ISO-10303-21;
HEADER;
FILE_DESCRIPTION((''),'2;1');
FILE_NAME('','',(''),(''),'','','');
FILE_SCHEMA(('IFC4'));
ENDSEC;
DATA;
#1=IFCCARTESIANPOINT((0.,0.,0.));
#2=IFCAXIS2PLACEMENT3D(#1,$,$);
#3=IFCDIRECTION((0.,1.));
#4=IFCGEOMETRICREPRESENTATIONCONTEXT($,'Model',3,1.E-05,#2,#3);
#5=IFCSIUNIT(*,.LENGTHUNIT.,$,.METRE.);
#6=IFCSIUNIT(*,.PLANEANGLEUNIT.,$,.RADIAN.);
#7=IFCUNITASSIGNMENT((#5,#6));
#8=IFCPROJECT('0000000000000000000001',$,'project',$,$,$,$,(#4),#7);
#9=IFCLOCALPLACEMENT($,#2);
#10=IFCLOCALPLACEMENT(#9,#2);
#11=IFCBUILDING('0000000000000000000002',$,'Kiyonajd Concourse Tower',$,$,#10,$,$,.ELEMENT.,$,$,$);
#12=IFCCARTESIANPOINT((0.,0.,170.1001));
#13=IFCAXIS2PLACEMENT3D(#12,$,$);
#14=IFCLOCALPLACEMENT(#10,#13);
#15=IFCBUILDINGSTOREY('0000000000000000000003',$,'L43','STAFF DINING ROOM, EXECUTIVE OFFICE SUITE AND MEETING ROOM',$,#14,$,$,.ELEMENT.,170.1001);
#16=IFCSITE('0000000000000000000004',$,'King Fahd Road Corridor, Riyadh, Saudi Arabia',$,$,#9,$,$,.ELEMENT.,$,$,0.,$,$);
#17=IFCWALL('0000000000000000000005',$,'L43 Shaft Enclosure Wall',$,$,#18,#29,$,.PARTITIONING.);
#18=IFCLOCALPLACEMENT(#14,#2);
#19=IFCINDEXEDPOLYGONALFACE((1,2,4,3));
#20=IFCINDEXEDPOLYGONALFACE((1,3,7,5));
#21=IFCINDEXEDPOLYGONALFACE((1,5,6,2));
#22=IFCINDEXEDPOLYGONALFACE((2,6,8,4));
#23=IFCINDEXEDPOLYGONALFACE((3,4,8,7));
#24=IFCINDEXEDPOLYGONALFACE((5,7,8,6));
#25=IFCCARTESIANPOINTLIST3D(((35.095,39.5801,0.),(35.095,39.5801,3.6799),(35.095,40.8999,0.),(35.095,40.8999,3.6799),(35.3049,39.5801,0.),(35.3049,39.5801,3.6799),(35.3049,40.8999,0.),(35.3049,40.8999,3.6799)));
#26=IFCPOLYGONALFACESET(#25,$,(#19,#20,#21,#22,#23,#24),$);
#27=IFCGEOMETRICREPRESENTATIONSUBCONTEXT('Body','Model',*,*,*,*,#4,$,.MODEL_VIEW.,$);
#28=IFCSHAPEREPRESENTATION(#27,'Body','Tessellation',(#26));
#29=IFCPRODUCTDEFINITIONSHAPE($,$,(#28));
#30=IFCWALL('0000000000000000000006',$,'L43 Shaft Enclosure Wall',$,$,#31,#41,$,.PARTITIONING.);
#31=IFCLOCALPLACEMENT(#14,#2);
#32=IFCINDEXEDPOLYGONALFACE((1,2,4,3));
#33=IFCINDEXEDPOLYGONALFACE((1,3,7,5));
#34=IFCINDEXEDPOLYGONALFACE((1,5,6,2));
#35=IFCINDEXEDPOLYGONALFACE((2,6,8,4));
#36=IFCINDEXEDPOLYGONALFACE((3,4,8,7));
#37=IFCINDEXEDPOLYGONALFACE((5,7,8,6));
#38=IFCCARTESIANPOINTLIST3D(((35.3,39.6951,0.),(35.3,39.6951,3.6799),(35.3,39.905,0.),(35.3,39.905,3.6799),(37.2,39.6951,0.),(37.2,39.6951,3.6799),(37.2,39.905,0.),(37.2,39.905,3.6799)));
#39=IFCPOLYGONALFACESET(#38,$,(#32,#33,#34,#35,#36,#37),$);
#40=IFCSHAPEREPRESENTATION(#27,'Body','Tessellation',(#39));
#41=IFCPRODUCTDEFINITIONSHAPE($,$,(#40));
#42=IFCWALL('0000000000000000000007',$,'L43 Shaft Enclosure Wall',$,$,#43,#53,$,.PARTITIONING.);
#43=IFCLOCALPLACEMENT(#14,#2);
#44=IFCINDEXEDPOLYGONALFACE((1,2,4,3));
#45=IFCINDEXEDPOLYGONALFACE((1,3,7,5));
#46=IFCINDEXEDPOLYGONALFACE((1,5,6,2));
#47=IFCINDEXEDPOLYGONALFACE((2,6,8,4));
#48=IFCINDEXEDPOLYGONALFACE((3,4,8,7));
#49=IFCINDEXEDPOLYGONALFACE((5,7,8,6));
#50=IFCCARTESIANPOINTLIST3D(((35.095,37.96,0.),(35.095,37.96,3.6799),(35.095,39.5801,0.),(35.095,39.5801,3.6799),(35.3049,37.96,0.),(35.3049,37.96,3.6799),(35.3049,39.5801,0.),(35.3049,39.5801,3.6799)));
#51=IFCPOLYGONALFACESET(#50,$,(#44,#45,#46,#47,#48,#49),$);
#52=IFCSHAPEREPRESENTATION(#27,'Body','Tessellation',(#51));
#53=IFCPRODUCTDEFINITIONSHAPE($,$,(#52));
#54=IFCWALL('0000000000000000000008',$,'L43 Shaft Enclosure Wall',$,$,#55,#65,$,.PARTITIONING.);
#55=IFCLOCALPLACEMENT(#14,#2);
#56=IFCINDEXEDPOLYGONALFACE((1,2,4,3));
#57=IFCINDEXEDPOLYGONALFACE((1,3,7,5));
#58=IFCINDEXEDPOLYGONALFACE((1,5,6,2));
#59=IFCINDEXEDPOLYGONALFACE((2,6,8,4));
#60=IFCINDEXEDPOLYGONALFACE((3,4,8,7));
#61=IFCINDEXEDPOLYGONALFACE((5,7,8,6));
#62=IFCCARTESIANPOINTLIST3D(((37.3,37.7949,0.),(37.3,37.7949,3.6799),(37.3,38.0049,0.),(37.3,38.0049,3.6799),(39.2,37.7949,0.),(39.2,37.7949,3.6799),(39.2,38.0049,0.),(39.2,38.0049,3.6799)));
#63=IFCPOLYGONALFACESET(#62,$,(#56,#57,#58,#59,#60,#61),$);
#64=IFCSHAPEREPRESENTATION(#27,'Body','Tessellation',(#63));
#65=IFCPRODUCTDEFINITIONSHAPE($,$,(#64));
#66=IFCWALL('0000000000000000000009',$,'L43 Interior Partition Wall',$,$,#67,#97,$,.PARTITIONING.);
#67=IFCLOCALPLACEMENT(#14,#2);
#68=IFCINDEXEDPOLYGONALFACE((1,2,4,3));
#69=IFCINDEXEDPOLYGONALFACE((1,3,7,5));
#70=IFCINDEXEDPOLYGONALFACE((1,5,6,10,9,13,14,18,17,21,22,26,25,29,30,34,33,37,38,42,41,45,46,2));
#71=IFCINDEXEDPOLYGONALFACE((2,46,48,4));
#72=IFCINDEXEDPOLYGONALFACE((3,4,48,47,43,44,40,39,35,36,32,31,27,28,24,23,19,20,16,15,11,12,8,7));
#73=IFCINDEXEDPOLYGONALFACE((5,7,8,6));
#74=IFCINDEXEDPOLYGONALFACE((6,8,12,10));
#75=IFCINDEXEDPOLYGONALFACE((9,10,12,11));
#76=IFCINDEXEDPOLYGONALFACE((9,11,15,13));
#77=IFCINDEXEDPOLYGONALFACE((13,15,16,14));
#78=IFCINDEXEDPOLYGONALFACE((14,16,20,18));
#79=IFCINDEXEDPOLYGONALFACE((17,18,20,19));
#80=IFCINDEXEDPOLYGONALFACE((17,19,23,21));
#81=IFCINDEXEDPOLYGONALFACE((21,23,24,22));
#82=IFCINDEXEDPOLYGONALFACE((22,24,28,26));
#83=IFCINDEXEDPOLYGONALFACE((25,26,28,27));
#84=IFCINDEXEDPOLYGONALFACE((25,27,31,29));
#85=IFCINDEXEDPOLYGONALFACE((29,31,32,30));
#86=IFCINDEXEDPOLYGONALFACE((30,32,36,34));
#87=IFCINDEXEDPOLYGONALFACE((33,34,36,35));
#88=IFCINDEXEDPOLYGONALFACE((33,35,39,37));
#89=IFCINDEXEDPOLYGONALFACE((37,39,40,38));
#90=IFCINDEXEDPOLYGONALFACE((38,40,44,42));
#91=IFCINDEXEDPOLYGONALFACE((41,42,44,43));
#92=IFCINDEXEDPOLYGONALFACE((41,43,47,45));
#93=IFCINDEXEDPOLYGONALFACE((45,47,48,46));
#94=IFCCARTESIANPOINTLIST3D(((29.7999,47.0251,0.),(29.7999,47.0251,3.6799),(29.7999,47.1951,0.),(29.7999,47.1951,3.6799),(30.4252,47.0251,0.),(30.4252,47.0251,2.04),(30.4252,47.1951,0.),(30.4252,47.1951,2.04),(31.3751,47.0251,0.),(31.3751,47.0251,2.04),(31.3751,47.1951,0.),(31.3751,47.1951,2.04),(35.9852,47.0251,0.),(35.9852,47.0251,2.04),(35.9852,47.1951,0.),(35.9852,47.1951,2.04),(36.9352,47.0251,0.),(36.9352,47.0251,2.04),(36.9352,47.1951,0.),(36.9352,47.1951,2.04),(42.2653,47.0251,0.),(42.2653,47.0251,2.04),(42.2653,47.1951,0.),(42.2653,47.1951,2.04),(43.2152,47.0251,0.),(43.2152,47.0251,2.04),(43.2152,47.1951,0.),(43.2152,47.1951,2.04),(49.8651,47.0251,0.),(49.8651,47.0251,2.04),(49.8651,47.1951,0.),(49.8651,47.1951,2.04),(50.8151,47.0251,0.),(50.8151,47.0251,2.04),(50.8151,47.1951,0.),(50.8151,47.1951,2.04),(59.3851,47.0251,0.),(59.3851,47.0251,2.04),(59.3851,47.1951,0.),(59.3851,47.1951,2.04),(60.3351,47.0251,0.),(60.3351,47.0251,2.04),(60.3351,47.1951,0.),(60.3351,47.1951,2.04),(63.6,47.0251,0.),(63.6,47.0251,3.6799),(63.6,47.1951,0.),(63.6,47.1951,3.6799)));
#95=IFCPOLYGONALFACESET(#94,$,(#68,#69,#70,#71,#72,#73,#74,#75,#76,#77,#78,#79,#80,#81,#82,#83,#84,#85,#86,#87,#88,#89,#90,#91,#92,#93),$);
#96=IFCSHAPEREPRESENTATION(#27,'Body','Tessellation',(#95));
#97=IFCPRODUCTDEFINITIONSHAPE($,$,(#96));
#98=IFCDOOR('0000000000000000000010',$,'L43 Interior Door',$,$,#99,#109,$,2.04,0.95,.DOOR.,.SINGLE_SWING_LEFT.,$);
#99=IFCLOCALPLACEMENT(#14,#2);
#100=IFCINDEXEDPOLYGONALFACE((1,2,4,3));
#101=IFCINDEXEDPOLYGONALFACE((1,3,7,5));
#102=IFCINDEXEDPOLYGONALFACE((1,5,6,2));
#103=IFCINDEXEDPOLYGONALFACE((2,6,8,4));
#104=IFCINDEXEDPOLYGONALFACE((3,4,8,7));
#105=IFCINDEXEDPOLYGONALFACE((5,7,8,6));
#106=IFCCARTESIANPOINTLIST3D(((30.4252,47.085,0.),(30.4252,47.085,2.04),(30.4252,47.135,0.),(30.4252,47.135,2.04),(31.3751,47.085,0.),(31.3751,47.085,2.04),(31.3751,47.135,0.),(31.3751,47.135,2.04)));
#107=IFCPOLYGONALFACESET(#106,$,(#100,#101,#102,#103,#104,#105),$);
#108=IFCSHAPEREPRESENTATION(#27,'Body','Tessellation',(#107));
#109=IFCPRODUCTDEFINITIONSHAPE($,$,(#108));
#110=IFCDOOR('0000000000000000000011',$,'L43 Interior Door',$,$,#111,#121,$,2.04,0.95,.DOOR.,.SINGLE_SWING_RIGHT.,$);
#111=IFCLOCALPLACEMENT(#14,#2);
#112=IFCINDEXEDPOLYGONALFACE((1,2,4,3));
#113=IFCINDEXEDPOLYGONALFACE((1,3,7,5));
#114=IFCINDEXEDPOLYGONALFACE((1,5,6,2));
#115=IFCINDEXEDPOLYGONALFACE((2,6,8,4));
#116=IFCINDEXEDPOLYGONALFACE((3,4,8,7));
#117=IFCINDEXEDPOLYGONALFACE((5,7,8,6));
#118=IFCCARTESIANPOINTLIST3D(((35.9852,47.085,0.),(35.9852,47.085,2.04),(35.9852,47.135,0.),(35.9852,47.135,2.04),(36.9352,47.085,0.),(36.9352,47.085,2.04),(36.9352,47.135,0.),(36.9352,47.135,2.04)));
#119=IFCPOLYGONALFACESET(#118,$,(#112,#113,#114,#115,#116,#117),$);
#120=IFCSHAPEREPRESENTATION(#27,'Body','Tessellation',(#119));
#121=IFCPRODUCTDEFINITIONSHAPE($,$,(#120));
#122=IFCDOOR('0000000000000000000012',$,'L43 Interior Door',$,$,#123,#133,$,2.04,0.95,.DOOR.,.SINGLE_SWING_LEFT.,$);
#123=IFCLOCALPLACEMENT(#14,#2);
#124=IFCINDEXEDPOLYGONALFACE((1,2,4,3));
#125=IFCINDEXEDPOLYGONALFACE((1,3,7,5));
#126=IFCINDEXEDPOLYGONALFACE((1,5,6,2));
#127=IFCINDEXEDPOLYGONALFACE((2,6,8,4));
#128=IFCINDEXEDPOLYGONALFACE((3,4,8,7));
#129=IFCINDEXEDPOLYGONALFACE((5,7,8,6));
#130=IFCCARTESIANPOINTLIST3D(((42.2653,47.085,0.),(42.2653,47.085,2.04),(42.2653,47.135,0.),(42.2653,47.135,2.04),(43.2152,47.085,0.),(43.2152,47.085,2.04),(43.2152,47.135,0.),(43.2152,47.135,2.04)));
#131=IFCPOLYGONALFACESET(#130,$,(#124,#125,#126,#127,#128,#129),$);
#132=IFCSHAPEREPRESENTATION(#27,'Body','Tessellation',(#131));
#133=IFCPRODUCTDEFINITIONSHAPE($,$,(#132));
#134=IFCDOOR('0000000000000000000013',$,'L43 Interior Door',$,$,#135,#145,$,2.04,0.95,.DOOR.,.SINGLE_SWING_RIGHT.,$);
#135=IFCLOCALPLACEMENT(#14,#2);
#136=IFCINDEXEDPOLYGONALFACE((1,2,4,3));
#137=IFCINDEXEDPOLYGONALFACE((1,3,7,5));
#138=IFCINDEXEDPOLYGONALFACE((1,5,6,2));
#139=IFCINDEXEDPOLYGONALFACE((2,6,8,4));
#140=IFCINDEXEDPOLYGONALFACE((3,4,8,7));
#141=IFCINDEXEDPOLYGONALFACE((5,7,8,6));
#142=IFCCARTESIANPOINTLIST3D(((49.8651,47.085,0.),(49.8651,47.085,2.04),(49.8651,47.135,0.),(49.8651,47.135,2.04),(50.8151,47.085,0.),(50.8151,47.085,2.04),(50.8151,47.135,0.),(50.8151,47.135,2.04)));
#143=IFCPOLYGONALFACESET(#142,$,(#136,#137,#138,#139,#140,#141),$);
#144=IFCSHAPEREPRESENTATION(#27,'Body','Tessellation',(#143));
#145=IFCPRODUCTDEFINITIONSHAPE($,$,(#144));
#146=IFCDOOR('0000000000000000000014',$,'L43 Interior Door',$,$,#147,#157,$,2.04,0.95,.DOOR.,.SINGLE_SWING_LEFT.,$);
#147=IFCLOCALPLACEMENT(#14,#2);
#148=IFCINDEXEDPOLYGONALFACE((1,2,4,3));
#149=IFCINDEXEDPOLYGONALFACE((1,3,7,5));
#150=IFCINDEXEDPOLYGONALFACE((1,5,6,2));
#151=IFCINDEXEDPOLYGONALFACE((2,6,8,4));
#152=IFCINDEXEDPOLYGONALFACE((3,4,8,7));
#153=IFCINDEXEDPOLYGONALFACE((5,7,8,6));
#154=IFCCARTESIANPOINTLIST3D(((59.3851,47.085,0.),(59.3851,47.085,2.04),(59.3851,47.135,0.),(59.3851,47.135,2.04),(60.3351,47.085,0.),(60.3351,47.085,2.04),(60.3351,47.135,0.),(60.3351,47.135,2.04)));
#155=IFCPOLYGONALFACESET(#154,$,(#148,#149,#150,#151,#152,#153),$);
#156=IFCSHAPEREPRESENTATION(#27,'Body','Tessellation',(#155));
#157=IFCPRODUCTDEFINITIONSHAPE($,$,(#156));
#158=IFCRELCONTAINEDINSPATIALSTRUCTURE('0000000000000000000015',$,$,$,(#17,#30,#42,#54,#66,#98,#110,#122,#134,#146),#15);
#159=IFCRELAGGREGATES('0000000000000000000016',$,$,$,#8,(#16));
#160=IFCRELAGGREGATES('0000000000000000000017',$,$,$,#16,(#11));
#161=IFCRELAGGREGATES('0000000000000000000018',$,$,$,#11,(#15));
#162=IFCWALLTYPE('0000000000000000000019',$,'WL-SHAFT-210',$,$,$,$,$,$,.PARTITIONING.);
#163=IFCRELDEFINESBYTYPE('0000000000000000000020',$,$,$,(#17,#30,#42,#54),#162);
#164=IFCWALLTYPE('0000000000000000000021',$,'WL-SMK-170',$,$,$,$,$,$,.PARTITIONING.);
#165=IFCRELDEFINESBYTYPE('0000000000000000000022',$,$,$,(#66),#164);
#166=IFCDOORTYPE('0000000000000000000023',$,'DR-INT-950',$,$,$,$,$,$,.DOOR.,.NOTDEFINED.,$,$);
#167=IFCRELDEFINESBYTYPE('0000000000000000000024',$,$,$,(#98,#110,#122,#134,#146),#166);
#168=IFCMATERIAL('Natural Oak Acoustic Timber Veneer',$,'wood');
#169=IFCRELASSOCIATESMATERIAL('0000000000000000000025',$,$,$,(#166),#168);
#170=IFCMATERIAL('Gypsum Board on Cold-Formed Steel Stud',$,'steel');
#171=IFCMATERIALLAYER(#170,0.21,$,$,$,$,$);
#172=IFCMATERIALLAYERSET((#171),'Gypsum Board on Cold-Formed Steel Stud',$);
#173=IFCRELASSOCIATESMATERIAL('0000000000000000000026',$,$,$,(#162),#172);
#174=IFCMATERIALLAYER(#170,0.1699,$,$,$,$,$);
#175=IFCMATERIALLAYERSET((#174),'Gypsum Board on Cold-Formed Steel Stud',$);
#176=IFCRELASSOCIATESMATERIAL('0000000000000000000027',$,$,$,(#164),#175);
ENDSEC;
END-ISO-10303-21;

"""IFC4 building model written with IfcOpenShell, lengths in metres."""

from ifc_helpers import new_model, si_unit, direction, frame, frame_2d, origin, place, context, subcontext, project, spatial, rectangle, extrude, material, layer, layer_set, type_object, element, fill, save


model = new_model("IFC4")

# Units and contexts
model_context = context("Model", 3, precision=1e-05, world=origin(), true_north=direction((0.0, 1.0)))
body_context = subcontext(model_context, "Body", "Model", "MODEL_VIEW")
ifc_project = project(units=[si_unit("LENGTHUNIT", "METRE"), si_unit("PLANEANGLEUNIT", "RADIAN")], contexts=[model_context])

# Site, building, storey
site_placement = place(None, origin())
site = spatial("IfcSite", under=ifc_project, at=site_placement, Name="King Fahd Road Corridor, Riyadh, Saudi Arabia", CompositionType="ELEMENT", RefElevation=0.0)
building_placement = place(site_placement, origin())
building = spatial("IfcBuilding", under=site, at=building_placement, Name="Kiyonajd Concourse Tower", CompositionType="ELEMENT")
storey_placement = place(building_placement, frame((0.0, 0.0, 170.1001)))
storey = spatial("IfcBuildingStorey", under=building, at=storey_placement, Name="L43", Description="STAFF DINING ROOM, EXECUTIVE OFFICE SUITE AND MEETING ROOM", CompositionType="ELEMENT", Elevation=170.1001)

# Shared definitions
ifc_material_1 = material(Name="Natural Oak Acoustic Timber Veneer", Category="wood")
door_type_1 = type_object("IfcDoorType", Name="DR-INT-950", OperationType="NOTDEFINED", PredefinedType="DOOR", material=ifc_material_1)

# Walls
ifc_material_2 = material(Name="Gypsum Board on Cold-Formed Steel Stud", Category="steel")
ifc_layer_1 = layer(ifc_material_2, 0.21)
ifc_layer_set_1 = layer_set([ifc_layer_1], Name="Gypsum Board on Cold-Formed Steel Stud")
wall_type_1 = type_object("IfcWallType", Name="WL-SHAFT-210", PredefinedType="PARTITIONING", material=ifc_layer_set_1)
wall_1_placement = place(storey_placement, frame((35.2, 39.5801, 0.0), z_axis=(0.0, 0.0, 1.0), x_axis=(0.0, 1.0, 0.0)))
element("IfcWall", 1, at=wall_1_placement, inside=storey, type_object=wall_type_1, Name="L43 Shaft Enclosure Wall", PredefinedType="PARTITIONING", context=body_context, shape_type="SweptSolid", body=[
    extrude(rectangle(XDim=1.3198, YDim=0.21, at=frame_2d((0.6599, 0.0))), origin(), (0.0, 0.0, 1.0), 3.6799),
])
wall_2_placement = place(storey_placement, frame((35.3, 39.8, 0.0), z_axis=(0.0, 0.0, 1.0), x_axis=(1.0, 0.0, 0.0)))
element("IfcWall", 2, at=wall_2_placement, inside=storey, type_object=wall_type_1, Name="L43 Shaft Enclosure Wall", PredefinedType="PARTITIONING", context=body_context, shape_type="SweptSolid", body=[
    extrude(rectangle(XDim=1.8999, YDim=0.21, at=frame_2d((0.95, 0.0))), origin(), (0.0, 0.0, 1.0), 3.6799),
])
wall_3_placement = place(storey_placement, frame((35.2, 37.96, 0.0), z_axis=(0.0, 0.0, 1.0), x_axis=(0.0, 1.0, 0.0)))
element("IfcWall", 3, at=wall_3_placement, inside=storey, type_object=wall_type_1, Name="L43 Shaft Enclosure Wall", PredefinedType="PARTITIONING", context=body_context, shape_type="SweptSolid", body=[
    extrude(rectangle(XDim=1.6201, YDim=0.21, at=frame_2d((0.8101, 0.0))), origin(), (0.0, 0.0, 1.0), 3.6799),
])
wall_4_placement = place(storey_placement, frame((37.3, 37.8999, 0.0), z_axis=(0.0, 0.0, 1.0), x_axis=(1.0, 0.0, 0.0)))
element("IfcWall", 4, at=wall_4_placement, inside=storey, type_object=wall_type_1, Name="L43 Shaft Enclosure Wall", PredefinedType="PARTITIONING", context=body_context, shape_type="SweptSolid", body=[
    extrude(rectangle(XDim=1.8999, YDim=0.21, at=frame_2d((0.95, 0.0))), origin(), (0.0, 0.0, 1.0), 3.6799),
])

# Wall, openings, doors
ifc_layer_2 = layer(ifc_material_2, 0.1699)
ifc_layer_set_2 = layer_set([ifc_layer_2], Name="Gypsum Board on Cold-Formed Steel Stud")
wall_type_2 = type_object("IfcWallType", Name="WL-SMK-170", PredefinedType="PARTITIONING", material=ifc_layer_set_2)
wall_5_placement = place(storey_placement, frame((29.8, 47.1101, 0.0), z_axis=(0.0, 0.0, 1.0), x_axis=(1.0, 0.0, 0.0)))
wall_5 = element("IfcWall", 5, at=wall_5_placement, inside=storey, type_object=wall_type_2, Name="L43 Interior Partition Wall", PredefinedType="PARTITIONING", context=body_context, shape_type="SweptSolid", body=[
    extrude(rectangle(XDim=33.8, YDim=0.1699, at=frame_2d((16.8999, 0.0))), origin(), (0.0, 0.0, 1.0), 3.6799),
])
opening_1_placement = place(wall_5_placement, frame((0.625, 0.0, 0.0)))
opening_1 = element("IfcOpeningElement", 6, at=opening_1_placement, cuts=wall_5, PredefinedType="OPENING", context=body_context, shape_type="SweptSolid", body=[
    extrude(rectangle(XDim=0.95, YDim=2.04, at=frame_2d((0.4751, 1.02))), frame((0.0, 0.095, 0.0), z_axis=(0.0, -1.0, 0.0), x_axis=(1.0, 0.0, 0.0)), (0.0, 0.0, 1.0), 0.1899),
])
opening_2_placement = place(wall_5_placement, frame((6.1851, 0.0, 0.0)))
opening_2 = element("IfcOpeningElement", 7, at=opening_2_placement, cuts=wall_5, PredefinedType="OPENING", context=body_context, shape_type="SweptSolid", body=[
    extrude(rectangle(XDim=0.95, YDim=2.04, at=frame_2d((0.4751, 1.02))), frame((0.0, 0.095, 0.0), z_axis=(0.0, -1.0, 0.0), x_axis=(1.0, 0.0, 0.0)), (0.0, 0.0, 1.0), 0.1899),
])
opening_3_placement = place(wall_5_placement, frame((12.4651, 0.0, 0.0)))
opening_3 = element("IfcOpeningElement", 8, at=opening_3_placement, cuts=wall_5, PredefinedType="OPENING", context=body_context, shape_type="SweptSolid", body=[
    extrude(rectangle(XDim=0.95, YDim=2.04, at=frame_2d((0.4751, 1.02))), frame((0.0, 0.095, 0.0), z_axis=(0.0, -1.0, 0.0), x_axis=(1.0, 0.0, 0.0)), (0.0, 0.0, 1.0), 0.1899),
])
opening_4_placement = place(wall_5_placement, frame((20.0649, 0.0, 0.0)))
opening_4 = element("IfcOpeningElement", 9, at=opening_4_placement, cuts=wall_5, PredefinedType="OPENING", context=body_context, shape_type="SweptSolid", body=[
    extrude(rectangle(XDim=0.95, YDim=2.04, at=frame_2d((0.4751, 1.02))), frame((0.0, 0.095, 0.0), z_axis=(0.0, -1.0, 0.0), x_axis=(1.0, 0.0, 0.0)), (0.0, 0.0, 1.0), 0.1899),
])
opening_5_placement = place(wall_5_placement, frame((29.585, 0.0, 0.0)))
opening_5 = element("IfcOpeningElement", 10, at=opening_5_placement, cuts=wall_5, PredefinedType="OPENING", context=body_context, shape_type="SweptSolid", body=[
    extrude(rectangle(XDim=0.95, YDim=2.04, at=frame_2d((0.4751, 1.02))), frame((0.0, 0.095, 0.0), z_axis=(0.0, -1.0, 0.0), x_axis=(1.0, 0.0, 0.0)), (0.0, 0.0, 1.0), 0.1899),
])
door_1_placement = place(opening_1_placement, origin())
door_1 = element("IfcDoor", 11, at=door_1_placement, inside=storey, type_object=door_type_1, Name="L43 Interior Door", OperationType="SINGLE_SWING_LEFT", OverallHeight=2.04, OverallWidth=0.95, PredefinedType="DOOR", context=body_context, shape_type="SweptSolid", body=[
    extrude(rectangle(XDim=0.95, YDim=2.04, at=frame_2d((0.4751, 1.02))), frame((0.0, 0.0249, 0.0), z_axis=(0.0, -1.0, 0.0), x_axis=(1.0, 0.0, 0.0)), (0.0, 0.0, 1.0), 0.05),
])
fill(opening_1, door_1)
door_2_placement = place(opening_2_placement, origin())
door_2 = element("IfcDoor", 12, at=door_2_placement, inside=storey, type_object=door_type_1, Name="L43 Interior Door", OperationType="SINGLE_SWING_RIGHT", OverallHeight=2.04, OverallWidth=0.95, PredefinedType="DOOR", context=body_context, shape_type="SweptSolid", body=[
    extrude(rectangle(XDim=0.95, YDim=2.04, at=frame_2d((0.4751, 1.02))), frame((0.0, 0.0249, 0.0), z_axis=(0.0, -1.0, 0.0), x_axis=(1.0, 0.0, 0.0)), (0.0, 0.0, 1.0), 0.05),
])
fill(opening_2, door_2)
door_3_placement = place(opening_3_placement, origin())
door_3 = element("IfcDoor", 13, at=door_3_placement, inside=storey, type_object=door_type_1, Name="L43 Interior Door", OperationType="SINGLE_SWING_LEFT", OverallHeight=2.04, OverallWidth=0.95, PredefinedType="DOOR", context=body_context, shape_type="SweptSolid", body=[
    extrude(rectangle(XDim=0.95, YDim=2.04, at=frame_2d((0.4751, 1.02))), frame((0.0, 0.0249, 0.0), z_axis=(0.0, -1.0, 0.0), x_axis=(1.0, 0.0, 0.0)), (0.0, 0.0, 1.0), 0.05),
])
fill(opening_3, door_3)
door_4_placement = place(opening_4_placement, origin())
door_4 = element("IfcDoor", 14, at=door_4_placement, inside=storey, type_object=door_type_1, Name="L43 Interior Door", OperationType="SINGLE_SWING_RIGHT", OverallHeight=2.04, OverallWidth=0.95, PredefinedType="DOOR", context=body_context, shape_type="SweptSolid", body=[
    extrude(rectangle(XDim=0.95, YDim=2.04, at=frame_2d((0.4751, 1.02))), frame((0.0, 0.0249, 0.0), z_axis=(0.0, -1.0, 0.0), x_axis=(1.0, 0.0, 0.0)), (0.0, 0.0, 1.0), 0.05),
])
fill(opening_4, door_4)
door_5_placement = place(opening_5_placement, origin())
door_5 = element("IfcDoor", 15, at=door_5_placement, inside=storey, type_object=door_type_1, Name="L43 Interior Door", OperationType="SINGLE_SWING_LEFT", OverallHeight=2.04, OverallWidth=0.95, PredefinedType="DOOR", context=body_context, shape_type="SweptSolid", body=[
    extrude(rectangle(XDim=0.95, YDim=2.04, at=frame_2d((0.4751, 1.02))), frame((0.0, 0.0249, 0.0), z_axis=(0.0, -1.0, 0.0), x_axis=(1.0, 0.0, 0.0)), (0.0, 0.0, 1.0), 0.05),
])
fill(opening_5, door_5)

save(model, "model.ifc")
